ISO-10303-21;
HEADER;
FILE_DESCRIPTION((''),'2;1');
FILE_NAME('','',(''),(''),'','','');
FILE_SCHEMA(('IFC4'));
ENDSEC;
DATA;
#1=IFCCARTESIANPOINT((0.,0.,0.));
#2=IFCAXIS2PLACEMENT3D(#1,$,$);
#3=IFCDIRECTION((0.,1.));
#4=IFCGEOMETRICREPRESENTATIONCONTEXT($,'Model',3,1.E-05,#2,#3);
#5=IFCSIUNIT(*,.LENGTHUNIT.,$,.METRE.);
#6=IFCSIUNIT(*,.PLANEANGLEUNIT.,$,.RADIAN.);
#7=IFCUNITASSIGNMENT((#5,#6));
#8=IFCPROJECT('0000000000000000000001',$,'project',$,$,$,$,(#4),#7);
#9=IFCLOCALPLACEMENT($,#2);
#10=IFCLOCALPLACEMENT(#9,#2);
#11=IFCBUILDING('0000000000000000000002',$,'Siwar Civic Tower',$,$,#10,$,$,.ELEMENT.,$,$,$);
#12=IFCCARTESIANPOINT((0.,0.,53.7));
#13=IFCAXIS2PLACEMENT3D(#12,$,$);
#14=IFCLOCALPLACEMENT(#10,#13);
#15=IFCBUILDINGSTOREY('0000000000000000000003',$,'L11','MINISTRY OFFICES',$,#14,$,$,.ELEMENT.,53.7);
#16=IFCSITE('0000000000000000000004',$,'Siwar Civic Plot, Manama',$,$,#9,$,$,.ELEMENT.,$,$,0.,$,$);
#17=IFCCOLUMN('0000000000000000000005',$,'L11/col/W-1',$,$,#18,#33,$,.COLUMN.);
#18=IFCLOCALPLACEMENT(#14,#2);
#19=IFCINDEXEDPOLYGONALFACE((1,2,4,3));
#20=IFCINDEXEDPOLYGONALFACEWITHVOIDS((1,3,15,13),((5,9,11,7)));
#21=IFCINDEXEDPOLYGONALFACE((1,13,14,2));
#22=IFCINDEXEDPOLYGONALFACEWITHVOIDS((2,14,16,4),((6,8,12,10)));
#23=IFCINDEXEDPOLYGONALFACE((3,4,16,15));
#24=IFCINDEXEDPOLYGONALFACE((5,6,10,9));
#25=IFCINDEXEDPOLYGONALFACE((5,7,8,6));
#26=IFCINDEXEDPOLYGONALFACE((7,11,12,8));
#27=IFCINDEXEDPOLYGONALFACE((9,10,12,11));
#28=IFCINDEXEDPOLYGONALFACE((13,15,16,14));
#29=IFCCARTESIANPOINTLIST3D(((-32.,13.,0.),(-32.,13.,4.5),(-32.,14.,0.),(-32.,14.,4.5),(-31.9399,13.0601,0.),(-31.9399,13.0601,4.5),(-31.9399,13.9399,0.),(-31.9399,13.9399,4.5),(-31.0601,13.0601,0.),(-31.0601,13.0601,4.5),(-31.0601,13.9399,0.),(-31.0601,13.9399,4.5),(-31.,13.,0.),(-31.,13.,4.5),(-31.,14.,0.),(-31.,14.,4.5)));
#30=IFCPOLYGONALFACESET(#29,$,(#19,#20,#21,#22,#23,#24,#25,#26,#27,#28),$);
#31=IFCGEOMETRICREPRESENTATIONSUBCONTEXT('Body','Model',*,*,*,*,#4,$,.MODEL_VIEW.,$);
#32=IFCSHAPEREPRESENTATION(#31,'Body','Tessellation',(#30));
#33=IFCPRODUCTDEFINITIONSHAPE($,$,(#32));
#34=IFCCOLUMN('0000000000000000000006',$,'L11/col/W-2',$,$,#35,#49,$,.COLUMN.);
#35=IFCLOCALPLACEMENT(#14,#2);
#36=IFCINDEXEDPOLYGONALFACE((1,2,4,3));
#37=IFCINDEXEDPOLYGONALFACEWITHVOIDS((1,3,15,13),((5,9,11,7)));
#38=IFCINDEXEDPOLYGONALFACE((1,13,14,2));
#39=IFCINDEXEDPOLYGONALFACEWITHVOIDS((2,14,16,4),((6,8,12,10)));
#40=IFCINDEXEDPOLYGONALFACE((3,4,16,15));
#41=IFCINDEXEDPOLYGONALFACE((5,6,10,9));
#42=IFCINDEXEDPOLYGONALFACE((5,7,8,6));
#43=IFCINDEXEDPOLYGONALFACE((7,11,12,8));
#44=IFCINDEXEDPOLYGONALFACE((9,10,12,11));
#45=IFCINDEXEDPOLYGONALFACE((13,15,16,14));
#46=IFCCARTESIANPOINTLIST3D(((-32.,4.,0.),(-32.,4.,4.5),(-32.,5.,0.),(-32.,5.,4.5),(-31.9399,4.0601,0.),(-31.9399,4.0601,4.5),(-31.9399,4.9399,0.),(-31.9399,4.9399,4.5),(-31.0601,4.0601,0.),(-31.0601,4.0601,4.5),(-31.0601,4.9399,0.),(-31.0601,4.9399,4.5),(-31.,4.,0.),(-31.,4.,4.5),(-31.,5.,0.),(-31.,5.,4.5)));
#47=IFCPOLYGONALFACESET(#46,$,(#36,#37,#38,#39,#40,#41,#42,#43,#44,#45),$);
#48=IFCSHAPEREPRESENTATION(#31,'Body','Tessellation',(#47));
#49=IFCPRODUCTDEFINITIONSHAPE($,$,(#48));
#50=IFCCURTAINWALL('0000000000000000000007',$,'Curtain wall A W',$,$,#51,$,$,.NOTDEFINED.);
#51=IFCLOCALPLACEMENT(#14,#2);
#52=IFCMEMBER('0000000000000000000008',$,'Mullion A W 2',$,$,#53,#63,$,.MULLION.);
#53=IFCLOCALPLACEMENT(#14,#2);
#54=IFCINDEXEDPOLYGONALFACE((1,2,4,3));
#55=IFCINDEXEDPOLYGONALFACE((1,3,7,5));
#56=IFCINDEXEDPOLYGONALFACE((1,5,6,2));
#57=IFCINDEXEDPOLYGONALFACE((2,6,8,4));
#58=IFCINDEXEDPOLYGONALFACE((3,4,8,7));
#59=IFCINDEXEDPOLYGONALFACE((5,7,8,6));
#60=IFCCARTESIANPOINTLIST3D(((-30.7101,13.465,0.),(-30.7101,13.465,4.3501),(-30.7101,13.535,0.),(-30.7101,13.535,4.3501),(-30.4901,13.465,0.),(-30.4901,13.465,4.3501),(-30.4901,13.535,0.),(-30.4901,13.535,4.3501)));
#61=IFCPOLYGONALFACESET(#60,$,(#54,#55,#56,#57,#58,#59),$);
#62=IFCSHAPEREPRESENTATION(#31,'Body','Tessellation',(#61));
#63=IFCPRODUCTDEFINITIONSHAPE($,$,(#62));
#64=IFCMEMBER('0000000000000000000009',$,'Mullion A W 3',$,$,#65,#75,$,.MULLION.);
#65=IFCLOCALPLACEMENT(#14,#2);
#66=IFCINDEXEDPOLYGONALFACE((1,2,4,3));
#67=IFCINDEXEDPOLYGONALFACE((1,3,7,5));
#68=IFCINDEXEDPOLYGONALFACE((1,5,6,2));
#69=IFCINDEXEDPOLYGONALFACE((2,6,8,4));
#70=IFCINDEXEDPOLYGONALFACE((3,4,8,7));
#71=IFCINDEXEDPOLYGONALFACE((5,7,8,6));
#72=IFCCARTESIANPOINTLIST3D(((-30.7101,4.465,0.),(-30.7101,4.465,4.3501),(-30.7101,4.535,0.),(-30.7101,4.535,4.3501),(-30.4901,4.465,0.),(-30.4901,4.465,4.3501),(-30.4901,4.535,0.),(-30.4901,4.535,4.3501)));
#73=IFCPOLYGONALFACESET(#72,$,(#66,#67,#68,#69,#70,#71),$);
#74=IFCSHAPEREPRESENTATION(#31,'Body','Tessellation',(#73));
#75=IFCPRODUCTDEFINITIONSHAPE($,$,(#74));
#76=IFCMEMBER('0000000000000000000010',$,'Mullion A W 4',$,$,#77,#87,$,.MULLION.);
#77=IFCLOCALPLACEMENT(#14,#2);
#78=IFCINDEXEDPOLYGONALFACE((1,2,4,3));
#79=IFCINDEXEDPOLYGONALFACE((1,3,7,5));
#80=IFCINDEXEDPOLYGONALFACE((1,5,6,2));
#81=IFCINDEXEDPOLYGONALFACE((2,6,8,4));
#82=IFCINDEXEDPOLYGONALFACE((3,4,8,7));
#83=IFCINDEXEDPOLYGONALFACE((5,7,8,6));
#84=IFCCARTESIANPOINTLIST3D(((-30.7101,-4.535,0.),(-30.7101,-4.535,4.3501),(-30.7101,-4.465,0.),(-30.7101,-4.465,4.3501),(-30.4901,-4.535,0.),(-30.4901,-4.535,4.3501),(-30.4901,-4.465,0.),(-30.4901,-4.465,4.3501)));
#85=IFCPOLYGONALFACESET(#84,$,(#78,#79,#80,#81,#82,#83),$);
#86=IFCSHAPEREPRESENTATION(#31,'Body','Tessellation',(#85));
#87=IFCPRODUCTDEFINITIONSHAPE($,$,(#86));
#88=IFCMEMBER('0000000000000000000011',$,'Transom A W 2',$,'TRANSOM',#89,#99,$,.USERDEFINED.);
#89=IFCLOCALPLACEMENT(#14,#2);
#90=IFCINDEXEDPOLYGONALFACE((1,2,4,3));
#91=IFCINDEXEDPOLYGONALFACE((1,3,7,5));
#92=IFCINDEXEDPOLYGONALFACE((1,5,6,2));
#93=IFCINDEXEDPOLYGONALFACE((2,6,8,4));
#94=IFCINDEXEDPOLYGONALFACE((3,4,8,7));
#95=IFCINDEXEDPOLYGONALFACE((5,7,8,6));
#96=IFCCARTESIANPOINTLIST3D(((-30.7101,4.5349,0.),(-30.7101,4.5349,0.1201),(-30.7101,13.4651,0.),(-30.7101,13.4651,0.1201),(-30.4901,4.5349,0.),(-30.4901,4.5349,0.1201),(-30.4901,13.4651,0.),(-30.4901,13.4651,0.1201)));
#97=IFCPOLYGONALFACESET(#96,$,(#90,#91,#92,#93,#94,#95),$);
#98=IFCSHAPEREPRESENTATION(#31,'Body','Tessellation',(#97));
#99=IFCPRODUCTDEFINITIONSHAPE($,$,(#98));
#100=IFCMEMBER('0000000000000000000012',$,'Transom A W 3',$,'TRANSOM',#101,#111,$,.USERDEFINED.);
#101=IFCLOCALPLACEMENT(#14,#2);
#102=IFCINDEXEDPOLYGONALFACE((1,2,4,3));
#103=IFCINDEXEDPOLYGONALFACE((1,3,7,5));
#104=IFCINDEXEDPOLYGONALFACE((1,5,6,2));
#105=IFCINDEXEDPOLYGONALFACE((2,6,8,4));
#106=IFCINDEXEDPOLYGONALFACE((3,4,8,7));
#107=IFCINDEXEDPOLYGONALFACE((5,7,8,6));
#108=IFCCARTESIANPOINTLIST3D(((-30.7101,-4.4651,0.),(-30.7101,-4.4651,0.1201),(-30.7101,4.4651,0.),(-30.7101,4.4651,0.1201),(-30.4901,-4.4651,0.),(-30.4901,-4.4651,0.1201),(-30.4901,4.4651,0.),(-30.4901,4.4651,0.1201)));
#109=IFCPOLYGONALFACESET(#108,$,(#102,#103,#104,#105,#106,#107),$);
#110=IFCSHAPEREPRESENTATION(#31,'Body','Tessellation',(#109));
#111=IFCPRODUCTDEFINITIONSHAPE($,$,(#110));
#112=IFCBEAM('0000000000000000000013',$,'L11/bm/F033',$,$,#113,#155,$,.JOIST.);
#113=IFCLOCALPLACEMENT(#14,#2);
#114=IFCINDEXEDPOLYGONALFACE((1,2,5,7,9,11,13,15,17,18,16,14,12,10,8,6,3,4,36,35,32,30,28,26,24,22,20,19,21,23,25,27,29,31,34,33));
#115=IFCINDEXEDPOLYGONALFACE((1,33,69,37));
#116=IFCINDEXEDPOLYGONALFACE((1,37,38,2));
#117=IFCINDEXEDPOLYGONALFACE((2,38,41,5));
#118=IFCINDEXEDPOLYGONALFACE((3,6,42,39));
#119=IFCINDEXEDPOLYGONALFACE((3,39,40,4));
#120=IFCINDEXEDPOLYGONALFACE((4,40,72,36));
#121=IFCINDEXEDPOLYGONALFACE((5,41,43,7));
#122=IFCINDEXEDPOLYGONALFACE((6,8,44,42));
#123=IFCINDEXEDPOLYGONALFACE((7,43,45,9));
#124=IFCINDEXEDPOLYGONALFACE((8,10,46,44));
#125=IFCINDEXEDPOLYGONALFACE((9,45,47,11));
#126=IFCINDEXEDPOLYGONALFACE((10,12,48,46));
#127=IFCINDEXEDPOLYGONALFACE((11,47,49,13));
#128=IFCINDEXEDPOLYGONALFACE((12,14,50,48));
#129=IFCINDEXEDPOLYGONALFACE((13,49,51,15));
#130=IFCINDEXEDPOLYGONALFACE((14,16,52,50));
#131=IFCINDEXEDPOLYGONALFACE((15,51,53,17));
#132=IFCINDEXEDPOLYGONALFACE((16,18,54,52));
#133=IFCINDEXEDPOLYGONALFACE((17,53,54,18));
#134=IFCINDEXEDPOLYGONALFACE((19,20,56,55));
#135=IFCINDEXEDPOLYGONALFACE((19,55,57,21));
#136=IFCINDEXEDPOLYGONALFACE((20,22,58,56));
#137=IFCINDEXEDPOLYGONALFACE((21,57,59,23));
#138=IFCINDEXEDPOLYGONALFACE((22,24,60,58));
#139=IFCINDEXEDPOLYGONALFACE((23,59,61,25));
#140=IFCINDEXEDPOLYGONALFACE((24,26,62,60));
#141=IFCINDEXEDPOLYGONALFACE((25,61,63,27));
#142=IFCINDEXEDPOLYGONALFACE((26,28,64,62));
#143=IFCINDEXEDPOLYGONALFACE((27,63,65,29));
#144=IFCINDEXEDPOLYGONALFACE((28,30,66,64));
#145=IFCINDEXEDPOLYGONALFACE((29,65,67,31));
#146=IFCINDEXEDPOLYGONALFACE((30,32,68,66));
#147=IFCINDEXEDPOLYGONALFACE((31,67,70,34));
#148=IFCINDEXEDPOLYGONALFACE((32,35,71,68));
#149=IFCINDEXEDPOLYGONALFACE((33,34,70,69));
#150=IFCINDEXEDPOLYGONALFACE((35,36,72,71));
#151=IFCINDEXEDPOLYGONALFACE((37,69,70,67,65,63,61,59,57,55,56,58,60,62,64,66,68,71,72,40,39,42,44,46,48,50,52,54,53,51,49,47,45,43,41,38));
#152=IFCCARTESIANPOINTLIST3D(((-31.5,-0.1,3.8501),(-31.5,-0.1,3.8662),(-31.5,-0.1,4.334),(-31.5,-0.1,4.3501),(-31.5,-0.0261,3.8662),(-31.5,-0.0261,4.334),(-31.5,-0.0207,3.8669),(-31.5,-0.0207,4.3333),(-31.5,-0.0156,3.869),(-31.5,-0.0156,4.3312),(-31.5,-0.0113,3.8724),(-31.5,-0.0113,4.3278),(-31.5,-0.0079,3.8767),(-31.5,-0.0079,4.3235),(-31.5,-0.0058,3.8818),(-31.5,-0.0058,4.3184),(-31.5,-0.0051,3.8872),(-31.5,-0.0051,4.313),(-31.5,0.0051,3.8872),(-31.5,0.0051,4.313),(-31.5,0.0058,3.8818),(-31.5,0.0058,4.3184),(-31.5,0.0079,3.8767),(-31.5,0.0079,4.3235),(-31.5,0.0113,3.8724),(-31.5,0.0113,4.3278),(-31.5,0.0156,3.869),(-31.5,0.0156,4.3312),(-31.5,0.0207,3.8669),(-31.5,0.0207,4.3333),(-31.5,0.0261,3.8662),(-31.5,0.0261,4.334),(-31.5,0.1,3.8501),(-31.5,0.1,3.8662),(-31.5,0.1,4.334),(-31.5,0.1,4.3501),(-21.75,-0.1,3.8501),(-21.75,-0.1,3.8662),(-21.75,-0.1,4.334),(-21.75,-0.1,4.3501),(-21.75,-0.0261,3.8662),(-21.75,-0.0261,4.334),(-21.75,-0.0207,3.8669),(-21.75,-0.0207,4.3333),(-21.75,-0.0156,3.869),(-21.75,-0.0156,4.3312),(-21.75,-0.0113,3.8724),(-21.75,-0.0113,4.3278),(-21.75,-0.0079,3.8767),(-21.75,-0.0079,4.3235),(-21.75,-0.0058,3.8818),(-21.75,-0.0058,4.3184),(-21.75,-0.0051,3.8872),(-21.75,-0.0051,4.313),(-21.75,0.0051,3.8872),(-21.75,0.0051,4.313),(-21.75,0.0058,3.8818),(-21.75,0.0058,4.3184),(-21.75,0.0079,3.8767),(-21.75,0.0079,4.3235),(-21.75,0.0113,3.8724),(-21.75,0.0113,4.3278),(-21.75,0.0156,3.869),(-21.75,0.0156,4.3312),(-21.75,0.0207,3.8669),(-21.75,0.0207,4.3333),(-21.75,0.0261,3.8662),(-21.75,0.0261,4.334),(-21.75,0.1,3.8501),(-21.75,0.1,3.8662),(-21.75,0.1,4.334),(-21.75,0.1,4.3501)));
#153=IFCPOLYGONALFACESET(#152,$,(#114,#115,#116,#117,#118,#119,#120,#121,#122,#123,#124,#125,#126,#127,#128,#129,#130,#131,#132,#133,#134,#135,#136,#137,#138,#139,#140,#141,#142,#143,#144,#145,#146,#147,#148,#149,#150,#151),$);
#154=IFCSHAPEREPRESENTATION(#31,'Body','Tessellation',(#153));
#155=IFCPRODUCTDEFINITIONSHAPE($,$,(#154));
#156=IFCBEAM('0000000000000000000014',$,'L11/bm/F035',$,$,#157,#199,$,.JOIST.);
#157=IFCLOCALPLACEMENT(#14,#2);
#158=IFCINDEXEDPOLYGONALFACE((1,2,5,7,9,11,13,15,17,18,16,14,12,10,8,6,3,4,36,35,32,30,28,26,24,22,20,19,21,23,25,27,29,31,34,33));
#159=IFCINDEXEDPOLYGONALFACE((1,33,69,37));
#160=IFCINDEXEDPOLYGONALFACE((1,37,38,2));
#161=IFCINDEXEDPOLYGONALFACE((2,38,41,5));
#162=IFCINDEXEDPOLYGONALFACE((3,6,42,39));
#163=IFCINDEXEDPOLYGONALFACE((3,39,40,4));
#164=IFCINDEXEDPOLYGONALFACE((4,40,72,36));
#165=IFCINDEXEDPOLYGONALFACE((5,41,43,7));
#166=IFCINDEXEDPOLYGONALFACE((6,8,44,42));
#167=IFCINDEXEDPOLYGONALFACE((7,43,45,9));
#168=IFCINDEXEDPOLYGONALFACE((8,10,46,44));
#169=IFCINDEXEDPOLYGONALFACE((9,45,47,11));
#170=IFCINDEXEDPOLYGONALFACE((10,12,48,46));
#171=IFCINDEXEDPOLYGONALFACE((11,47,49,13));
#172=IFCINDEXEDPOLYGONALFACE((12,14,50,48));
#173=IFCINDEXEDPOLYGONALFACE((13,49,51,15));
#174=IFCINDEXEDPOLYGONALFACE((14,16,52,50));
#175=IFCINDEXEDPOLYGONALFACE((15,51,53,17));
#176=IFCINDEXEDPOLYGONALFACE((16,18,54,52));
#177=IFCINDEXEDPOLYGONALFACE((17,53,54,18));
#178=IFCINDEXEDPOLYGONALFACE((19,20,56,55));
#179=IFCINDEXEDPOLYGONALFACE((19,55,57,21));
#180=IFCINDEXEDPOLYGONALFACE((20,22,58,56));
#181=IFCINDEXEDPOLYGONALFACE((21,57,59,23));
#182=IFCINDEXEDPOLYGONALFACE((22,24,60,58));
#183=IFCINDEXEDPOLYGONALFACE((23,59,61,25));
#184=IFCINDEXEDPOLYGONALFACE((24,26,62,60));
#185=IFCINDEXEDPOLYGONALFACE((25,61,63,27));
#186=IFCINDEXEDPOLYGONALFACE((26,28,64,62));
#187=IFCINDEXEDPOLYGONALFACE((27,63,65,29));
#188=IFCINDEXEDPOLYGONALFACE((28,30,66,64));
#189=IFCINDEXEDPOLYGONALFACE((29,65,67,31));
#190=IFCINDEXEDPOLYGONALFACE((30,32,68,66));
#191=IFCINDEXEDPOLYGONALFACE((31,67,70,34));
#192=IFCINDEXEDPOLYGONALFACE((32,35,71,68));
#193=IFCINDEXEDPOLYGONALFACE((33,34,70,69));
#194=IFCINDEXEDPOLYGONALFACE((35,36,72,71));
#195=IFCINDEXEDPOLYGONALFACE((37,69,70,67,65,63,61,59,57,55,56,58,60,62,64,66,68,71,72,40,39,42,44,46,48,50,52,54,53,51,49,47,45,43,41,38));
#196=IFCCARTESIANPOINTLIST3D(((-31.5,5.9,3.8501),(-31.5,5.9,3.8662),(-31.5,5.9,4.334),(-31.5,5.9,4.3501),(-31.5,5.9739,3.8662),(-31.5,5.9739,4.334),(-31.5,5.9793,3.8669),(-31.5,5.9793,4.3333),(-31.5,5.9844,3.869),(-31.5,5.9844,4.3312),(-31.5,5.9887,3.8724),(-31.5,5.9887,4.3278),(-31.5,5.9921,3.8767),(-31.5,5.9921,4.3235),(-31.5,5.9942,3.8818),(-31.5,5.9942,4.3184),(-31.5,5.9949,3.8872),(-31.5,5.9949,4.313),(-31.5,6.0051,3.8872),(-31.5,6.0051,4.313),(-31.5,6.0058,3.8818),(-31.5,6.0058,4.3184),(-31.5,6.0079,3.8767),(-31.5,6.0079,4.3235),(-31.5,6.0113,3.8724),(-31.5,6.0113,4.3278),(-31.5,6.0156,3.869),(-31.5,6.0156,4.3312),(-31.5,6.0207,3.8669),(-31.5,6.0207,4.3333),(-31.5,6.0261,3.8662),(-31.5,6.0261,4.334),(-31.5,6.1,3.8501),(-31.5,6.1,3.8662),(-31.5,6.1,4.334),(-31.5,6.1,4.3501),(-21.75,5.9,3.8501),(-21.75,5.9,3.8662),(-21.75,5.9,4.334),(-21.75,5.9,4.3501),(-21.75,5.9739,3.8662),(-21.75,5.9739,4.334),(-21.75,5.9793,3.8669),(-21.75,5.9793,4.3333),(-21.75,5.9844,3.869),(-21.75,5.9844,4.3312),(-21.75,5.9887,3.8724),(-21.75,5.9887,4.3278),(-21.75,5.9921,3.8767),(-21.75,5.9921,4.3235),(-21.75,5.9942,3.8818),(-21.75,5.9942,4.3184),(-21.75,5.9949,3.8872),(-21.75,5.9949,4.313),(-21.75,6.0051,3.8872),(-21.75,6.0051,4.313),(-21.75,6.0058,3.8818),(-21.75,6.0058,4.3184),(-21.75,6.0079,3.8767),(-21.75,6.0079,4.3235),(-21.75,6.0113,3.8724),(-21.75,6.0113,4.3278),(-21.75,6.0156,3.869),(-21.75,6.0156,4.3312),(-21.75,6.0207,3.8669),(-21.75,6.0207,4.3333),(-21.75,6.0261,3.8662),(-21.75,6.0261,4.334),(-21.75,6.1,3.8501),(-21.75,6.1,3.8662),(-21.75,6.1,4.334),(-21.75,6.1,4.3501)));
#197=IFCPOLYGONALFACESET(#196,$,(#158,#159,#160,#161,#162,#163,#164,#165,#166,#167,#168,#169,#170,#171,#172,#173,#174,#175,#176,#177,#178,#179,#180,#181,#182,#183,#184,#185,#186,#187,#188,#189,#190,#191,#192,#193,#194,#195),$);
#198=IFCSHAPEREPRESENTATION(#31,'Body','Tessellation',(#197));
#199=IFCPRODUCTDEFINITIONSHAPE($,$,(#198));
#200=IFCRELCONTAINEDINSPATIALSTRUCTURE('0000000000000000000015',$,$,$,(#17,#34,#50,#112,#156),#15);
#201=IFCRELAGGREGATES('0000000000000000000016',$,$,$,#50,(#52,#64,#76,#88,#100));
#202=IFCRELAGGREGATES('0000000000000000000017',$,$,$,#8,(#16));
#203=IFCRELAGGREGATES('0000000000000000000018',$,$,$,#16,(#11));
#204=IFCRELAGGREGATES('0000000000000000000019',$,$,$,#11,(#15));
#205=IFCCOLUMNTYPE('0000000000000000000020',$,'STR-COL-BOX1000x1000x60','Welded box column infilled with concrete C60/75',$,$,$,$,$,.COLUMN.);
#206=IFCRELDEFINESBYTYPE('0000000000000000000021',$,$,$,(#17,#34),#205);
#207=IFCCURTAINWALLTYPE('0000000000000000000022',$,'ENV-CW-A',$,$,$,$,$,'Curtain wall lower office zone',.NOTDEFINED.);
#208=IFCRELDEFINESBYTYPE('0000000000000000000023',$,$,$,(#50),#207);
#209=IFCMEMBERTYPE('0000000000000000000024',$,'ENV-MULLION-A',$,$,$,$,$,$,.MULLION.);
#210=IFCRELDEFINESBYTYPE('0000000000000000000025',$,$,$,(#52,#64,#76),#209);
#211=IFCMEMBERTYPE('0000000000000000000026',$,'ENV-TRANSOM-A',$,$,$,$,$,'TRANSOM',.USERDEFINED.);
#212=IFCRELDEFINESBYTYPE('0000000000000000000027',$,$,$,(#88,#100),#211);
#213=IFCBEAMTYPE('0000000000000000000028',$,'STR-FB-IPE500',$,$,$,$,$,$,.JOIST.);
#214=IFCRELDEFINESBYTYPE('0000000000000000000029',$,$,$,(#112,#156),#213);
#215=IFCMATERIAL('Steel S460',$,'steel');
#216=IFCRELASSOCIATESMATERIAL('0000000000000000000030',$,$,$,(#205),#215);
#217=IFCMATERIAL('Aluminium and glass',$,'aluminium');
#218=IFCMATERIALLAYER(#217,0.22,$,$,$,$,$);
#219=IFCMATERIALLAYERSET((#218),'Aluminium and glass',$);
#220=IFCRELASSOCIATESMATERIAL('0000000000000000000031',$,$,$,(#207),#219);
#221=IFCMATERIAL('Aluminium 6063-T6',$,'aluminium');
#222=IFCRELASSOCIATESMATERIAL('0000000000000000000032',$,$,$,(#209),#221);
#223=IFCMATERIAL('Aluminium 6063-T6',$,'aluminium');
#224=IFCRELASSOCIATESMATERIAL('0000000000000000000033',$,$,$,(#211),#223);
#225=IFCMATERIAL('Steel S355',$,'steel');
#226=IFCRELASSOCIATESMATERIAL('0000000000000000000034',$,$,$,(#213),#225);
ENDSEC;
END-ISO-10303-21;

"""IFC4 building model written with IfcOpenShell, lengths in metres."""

from ifc_helpers import new_model, si_unit, direction, frame, origin, origin_2d, place, context, subcontext, project, spatial, rectangle, hollow_rectangle, i_section, extrude, material, layer, layer_set, material_profile, profile_set, type_object, element, aggregate, save


model = new_model("IFC4")

# Units and contexts
model_context = context("Model", 3, precision=1e-05, world=origin(), true_north=direction((0.0, 1.0)))
body_context = subcontext(model_context, "Body", "Model", "MODEL_VIEW")
ifc_project = project(units=[si_unit("LENGTHUNIT", "METRE"), si_unit("PLANEANGLEUNIT", "RADIAN")], contexts=[model_context])

# Site, building, storey
site_placement = place(None, origin())
site = spatial("IfcSite", under=ifc_project, at=site_placement, Name="Siwar Civic Plot, Manama", CompositionType="ELEMENT", RefElevation=0.0)
building_placement = place(site_placement, origin())
building = spatial("IfcBuilding", under=site, at=building_placement, Name="Siwar Civic Tower", CompositionType="ELEMENT")
storey_placement = place(building_placement, frame((0.0, 0.0, 53.7)))
storey = spatial("IfcBuildingStorey", under=building, at=storey_placement, Name="L11", Description="MINISTRY OFFICES", CompositionType="ELEMENT", Elevation=53.7)

# Columns
ifc_material_1 = material(Name="Steel S460", Category="steel")
ifc_material_profile_1 = material_profile(ifc_material_1, hollow_rectangle(XDim=1.0, YDim=1.0, WallThickness=0.0601, at=origin_2d()), Name="BOX1000x1000x60")
ifc_profile_set_1 = profile_set([ifc_material_profile_1], Name="Steel S460")
column_type = type_object("IfcColumnType", Name="STR-COL-BOX1000x1000x60", Description="Welded box column infilled with concrete C60/75", PredefinedType="COLUMN", material=ifc_profile_set_1)
for number, where, z_axis, x_axis, name in (
    (1, (-31.5, 13.5, 0.0), (0.0, 0.0, 1.0), (1.0, 0.0, 0.0), "L11/col/W-1"),
    (2, (-31.5, 4.5, 0.0), (0.0, 0.0, 1.0), (1.0, 0.0, 0.0), "L11/col/W-2"),
):
    element("IfcColumn", number, at=place(storey_placement, frame(where, z_axis=z_axis, x_axis=x_axis)), inside=storey, type_object=column_type, Name=name, PredefinedType="COLUMN", context=body_context, shape_type="SweptSolid", body=[
        extrude(hollow_rectangle(XDim=1.0, YDim=1.0, WallThickness=0.0601, at=origin_2d()), origin(), (0.0, 0.0, 1.0), 4.5),
    ])

# Curtain wall, members
ifc_material_2 = material(Name="Aluminium and glass", Category="aluminium")
ifc_layer_1 = layer(ifc_material_2, 0.22)
ifc_layer_set_1 = layer_set([ifc_layer_1], Name="Aluminium and glass")
curtain_wall_type = type_object("IfcCurtainWallType", Name="ENV-CW-A", ElementType="Curtain wall lower office zone", PredefinedType="NOTDEFINED", material=ifc_layer_set_1)
curtain_wall_placement = place(storey_placement, origin())
curtain_wall = element("IfcCurtainWall", 3, at=curtain_wall_placement, inside=storey, type_object=curtain_wall_type, Name="Curtain wall A W", PredefinedType="NOTDEFINED")
ifc_material_3 = material(Name="Aluminium 6063-T6", Category="aluminium")
ifc_material_profile_2 = material_profile(ifc_material_3, rectangle(XDim=0.22, YDim=0.0701, at=origin_2d()), Name="AL 220x70")
ifc_profile_set_2 = profile_set([ifc_material_profile_2], Name="Aluminium 6063-T6")
member_type_1 = type_object("IfcMemberType", Name="ENV-MULLION-A", PredefinedType="MULLION", material=ifc_profile_set_2)
member_1_placement = place(storey_placement, frame((-30.6001, 13.5, 0.0), z_axis=(0.0, 0.0, 1.0), x_axis=(1.0, 0.0, 0.0)))
member_1 = element("IfcMember", 4, at=member_1_placement, type_object=member_type_1, Name="Mullion A W 2", PredefinedType="MULLION", context=body_context, shape_type="SweptSolid", body=[
    extrude(rectangle(XDim=0.22, YDim=0.0701, at=origin_2d()), origin(), (0.0, 0.0, 1.0), 4.3501),
])
member_2_placement = place(storey_placement, frame((-30.6001, 4.5, 0.0), z_axis=(0.0, 0.0, 1.0), x_axis=(1.0, 0.0, 0.0)))
member_2 = element("IfcMember", 5, at=member_2_placement, type_object=member_type_1, Name="Mullion A W 3", PredefinedType="MULLION", context=body_context, shape_type="SweptSolid", body=[
    extrude(rectangle(XDim=0.22, YDim=0.0701, at=origin_2d()), origin(), (0.0, 0.0, 1.0), 4.3501),
])
member_3_placement = place(storey_placement, frame((-30.6001, -4.5, 0.0), z_axis=(0.0, 0.0, 1.0), x_axis=(1.0, 0.0, 0.0)))
member_3 = element("IfcMember", 6, at=member_3_placement, type_object=member_type_1, Name="Mullion A W 4", PredefinedType="MULLION", context=body_context, shape_type="SweptSolid", body=[
    extrude(rectangle(XDim=0.22, YDim=0.0701, at=origin_2d()), origin(), (0.0, 0.0, 1.0), 4.3501),
])
ifc_material_4 = material(Name="Aluminium 6063-T6", Category="aluminium")
ifc_material_profile_3 = material_profile(ifc_material_4, rectangle(XDim=0.22, YDim=0.1201, at=origin_2d()), Name="AL 220x120")
ifc_profile_set_3 = profile_set([ifc_material_profile_3], Name="Aluminium 6063-T6")
member_type_2 = type_object("IfcMemberType", Name="ENV-TRANSOM-A", ElementType="TRANSOM", PredefinedType="USERDEFINED", material=ifc_profile_set_3)
member_4_placement = place(storey_placement, frame((-30.6001, 13.4651, 0.0601), z_axis=(0.0, -1.0, 0.0), x_axis=(1.0, 0.0, 0.0)))
member_4 = element("IfcMember", 7, at=member_4_placement, type_object=member_type_2, Name="Transom A W 2", ObjectType="TRANSOM", PredefinedType="USERDEFINED", context=body_context, shape_type="SweptSolid", body=[
    extrude(rectangle(XDim=0.22, YDim=0.1201, at=origin_2d()), origin(), (0.0, 0.0, 1.0), 8.9302),
])
member_5_placement = place(storey_placement, frame((-30.6001, 4.4651, 0.0601), z_axis=(0.0, -1.0, 0.0), x_axis=(1.0, 0.0, 0.0)))
member_5 = element("IfcMember", 8, at=member_5_placement, type_object=member_type_2, Name="Transom A W 3", ObjectType="TRANSOM", PredefinedType="USERDEFINED", context=body_context, shape_type="SweptSolid", body=[
    extrude(rectangle(XDim=0.22, YDim=0.1201, at=origin_2d()), origin(), (0.0, 0.0, 1.0), 8.9302),
])

# Beams
ifc_material_5 = material(Name="Steel S355", Category="steel")
ifc_material_profile_4 = material_profile(ifc_material_5, i_section(OverallWidth=0.2, OverallDepth=0.5, WebThickness=0.0103, FlangeThickness=0.0161, FilletRadius=0.021, at=origin_2d()), Name="IPE500")
ifc_profile_set_4 = profile_set([ifc_material_profile_4], Name="Steel S355")
beam_type_1 = type_object("IfcBeamType", Name="STR-FB-IPE500", PredefinedType="JOIST", material=ifc_profile_set_4)
for number, where, z_axis, x_axis, name in (
    (9, (-31.5, 0.0, 4.1001), (1.0, 0.0, 0.0), (0.0, 1.0, 0.0), "L11/bm/F033"),
    (10, (-31.5, 6.0, 4.1001), (1.0, 0.0, 0.0), (0.0, 1.0, 0.0), "L11/bm/F035"),
):
    element("IfcBeam", number, at=place(storey_placement, frame(where, z_axis=z_axis, x_axis=x_axis)), inside=storey, type_object=beam_type_1, Name=name, PredefinedType="JOIST", context=body_context, shape_type="SweptSolid", body=[
        extrude(i_section(OverallWidth=0.2, OverallDepth=0.5, WebThickness=0.0103, FlangeThickness=0.0161, FilletRadius=0.021, at=origin_2d()), origin(), (0.0, 0.0, 1.0), 9.75),
    ])

aggregate(curtain_wall, [member_1, member_2, member_3, member_4, member_5])

save(model, "model.ifc")
